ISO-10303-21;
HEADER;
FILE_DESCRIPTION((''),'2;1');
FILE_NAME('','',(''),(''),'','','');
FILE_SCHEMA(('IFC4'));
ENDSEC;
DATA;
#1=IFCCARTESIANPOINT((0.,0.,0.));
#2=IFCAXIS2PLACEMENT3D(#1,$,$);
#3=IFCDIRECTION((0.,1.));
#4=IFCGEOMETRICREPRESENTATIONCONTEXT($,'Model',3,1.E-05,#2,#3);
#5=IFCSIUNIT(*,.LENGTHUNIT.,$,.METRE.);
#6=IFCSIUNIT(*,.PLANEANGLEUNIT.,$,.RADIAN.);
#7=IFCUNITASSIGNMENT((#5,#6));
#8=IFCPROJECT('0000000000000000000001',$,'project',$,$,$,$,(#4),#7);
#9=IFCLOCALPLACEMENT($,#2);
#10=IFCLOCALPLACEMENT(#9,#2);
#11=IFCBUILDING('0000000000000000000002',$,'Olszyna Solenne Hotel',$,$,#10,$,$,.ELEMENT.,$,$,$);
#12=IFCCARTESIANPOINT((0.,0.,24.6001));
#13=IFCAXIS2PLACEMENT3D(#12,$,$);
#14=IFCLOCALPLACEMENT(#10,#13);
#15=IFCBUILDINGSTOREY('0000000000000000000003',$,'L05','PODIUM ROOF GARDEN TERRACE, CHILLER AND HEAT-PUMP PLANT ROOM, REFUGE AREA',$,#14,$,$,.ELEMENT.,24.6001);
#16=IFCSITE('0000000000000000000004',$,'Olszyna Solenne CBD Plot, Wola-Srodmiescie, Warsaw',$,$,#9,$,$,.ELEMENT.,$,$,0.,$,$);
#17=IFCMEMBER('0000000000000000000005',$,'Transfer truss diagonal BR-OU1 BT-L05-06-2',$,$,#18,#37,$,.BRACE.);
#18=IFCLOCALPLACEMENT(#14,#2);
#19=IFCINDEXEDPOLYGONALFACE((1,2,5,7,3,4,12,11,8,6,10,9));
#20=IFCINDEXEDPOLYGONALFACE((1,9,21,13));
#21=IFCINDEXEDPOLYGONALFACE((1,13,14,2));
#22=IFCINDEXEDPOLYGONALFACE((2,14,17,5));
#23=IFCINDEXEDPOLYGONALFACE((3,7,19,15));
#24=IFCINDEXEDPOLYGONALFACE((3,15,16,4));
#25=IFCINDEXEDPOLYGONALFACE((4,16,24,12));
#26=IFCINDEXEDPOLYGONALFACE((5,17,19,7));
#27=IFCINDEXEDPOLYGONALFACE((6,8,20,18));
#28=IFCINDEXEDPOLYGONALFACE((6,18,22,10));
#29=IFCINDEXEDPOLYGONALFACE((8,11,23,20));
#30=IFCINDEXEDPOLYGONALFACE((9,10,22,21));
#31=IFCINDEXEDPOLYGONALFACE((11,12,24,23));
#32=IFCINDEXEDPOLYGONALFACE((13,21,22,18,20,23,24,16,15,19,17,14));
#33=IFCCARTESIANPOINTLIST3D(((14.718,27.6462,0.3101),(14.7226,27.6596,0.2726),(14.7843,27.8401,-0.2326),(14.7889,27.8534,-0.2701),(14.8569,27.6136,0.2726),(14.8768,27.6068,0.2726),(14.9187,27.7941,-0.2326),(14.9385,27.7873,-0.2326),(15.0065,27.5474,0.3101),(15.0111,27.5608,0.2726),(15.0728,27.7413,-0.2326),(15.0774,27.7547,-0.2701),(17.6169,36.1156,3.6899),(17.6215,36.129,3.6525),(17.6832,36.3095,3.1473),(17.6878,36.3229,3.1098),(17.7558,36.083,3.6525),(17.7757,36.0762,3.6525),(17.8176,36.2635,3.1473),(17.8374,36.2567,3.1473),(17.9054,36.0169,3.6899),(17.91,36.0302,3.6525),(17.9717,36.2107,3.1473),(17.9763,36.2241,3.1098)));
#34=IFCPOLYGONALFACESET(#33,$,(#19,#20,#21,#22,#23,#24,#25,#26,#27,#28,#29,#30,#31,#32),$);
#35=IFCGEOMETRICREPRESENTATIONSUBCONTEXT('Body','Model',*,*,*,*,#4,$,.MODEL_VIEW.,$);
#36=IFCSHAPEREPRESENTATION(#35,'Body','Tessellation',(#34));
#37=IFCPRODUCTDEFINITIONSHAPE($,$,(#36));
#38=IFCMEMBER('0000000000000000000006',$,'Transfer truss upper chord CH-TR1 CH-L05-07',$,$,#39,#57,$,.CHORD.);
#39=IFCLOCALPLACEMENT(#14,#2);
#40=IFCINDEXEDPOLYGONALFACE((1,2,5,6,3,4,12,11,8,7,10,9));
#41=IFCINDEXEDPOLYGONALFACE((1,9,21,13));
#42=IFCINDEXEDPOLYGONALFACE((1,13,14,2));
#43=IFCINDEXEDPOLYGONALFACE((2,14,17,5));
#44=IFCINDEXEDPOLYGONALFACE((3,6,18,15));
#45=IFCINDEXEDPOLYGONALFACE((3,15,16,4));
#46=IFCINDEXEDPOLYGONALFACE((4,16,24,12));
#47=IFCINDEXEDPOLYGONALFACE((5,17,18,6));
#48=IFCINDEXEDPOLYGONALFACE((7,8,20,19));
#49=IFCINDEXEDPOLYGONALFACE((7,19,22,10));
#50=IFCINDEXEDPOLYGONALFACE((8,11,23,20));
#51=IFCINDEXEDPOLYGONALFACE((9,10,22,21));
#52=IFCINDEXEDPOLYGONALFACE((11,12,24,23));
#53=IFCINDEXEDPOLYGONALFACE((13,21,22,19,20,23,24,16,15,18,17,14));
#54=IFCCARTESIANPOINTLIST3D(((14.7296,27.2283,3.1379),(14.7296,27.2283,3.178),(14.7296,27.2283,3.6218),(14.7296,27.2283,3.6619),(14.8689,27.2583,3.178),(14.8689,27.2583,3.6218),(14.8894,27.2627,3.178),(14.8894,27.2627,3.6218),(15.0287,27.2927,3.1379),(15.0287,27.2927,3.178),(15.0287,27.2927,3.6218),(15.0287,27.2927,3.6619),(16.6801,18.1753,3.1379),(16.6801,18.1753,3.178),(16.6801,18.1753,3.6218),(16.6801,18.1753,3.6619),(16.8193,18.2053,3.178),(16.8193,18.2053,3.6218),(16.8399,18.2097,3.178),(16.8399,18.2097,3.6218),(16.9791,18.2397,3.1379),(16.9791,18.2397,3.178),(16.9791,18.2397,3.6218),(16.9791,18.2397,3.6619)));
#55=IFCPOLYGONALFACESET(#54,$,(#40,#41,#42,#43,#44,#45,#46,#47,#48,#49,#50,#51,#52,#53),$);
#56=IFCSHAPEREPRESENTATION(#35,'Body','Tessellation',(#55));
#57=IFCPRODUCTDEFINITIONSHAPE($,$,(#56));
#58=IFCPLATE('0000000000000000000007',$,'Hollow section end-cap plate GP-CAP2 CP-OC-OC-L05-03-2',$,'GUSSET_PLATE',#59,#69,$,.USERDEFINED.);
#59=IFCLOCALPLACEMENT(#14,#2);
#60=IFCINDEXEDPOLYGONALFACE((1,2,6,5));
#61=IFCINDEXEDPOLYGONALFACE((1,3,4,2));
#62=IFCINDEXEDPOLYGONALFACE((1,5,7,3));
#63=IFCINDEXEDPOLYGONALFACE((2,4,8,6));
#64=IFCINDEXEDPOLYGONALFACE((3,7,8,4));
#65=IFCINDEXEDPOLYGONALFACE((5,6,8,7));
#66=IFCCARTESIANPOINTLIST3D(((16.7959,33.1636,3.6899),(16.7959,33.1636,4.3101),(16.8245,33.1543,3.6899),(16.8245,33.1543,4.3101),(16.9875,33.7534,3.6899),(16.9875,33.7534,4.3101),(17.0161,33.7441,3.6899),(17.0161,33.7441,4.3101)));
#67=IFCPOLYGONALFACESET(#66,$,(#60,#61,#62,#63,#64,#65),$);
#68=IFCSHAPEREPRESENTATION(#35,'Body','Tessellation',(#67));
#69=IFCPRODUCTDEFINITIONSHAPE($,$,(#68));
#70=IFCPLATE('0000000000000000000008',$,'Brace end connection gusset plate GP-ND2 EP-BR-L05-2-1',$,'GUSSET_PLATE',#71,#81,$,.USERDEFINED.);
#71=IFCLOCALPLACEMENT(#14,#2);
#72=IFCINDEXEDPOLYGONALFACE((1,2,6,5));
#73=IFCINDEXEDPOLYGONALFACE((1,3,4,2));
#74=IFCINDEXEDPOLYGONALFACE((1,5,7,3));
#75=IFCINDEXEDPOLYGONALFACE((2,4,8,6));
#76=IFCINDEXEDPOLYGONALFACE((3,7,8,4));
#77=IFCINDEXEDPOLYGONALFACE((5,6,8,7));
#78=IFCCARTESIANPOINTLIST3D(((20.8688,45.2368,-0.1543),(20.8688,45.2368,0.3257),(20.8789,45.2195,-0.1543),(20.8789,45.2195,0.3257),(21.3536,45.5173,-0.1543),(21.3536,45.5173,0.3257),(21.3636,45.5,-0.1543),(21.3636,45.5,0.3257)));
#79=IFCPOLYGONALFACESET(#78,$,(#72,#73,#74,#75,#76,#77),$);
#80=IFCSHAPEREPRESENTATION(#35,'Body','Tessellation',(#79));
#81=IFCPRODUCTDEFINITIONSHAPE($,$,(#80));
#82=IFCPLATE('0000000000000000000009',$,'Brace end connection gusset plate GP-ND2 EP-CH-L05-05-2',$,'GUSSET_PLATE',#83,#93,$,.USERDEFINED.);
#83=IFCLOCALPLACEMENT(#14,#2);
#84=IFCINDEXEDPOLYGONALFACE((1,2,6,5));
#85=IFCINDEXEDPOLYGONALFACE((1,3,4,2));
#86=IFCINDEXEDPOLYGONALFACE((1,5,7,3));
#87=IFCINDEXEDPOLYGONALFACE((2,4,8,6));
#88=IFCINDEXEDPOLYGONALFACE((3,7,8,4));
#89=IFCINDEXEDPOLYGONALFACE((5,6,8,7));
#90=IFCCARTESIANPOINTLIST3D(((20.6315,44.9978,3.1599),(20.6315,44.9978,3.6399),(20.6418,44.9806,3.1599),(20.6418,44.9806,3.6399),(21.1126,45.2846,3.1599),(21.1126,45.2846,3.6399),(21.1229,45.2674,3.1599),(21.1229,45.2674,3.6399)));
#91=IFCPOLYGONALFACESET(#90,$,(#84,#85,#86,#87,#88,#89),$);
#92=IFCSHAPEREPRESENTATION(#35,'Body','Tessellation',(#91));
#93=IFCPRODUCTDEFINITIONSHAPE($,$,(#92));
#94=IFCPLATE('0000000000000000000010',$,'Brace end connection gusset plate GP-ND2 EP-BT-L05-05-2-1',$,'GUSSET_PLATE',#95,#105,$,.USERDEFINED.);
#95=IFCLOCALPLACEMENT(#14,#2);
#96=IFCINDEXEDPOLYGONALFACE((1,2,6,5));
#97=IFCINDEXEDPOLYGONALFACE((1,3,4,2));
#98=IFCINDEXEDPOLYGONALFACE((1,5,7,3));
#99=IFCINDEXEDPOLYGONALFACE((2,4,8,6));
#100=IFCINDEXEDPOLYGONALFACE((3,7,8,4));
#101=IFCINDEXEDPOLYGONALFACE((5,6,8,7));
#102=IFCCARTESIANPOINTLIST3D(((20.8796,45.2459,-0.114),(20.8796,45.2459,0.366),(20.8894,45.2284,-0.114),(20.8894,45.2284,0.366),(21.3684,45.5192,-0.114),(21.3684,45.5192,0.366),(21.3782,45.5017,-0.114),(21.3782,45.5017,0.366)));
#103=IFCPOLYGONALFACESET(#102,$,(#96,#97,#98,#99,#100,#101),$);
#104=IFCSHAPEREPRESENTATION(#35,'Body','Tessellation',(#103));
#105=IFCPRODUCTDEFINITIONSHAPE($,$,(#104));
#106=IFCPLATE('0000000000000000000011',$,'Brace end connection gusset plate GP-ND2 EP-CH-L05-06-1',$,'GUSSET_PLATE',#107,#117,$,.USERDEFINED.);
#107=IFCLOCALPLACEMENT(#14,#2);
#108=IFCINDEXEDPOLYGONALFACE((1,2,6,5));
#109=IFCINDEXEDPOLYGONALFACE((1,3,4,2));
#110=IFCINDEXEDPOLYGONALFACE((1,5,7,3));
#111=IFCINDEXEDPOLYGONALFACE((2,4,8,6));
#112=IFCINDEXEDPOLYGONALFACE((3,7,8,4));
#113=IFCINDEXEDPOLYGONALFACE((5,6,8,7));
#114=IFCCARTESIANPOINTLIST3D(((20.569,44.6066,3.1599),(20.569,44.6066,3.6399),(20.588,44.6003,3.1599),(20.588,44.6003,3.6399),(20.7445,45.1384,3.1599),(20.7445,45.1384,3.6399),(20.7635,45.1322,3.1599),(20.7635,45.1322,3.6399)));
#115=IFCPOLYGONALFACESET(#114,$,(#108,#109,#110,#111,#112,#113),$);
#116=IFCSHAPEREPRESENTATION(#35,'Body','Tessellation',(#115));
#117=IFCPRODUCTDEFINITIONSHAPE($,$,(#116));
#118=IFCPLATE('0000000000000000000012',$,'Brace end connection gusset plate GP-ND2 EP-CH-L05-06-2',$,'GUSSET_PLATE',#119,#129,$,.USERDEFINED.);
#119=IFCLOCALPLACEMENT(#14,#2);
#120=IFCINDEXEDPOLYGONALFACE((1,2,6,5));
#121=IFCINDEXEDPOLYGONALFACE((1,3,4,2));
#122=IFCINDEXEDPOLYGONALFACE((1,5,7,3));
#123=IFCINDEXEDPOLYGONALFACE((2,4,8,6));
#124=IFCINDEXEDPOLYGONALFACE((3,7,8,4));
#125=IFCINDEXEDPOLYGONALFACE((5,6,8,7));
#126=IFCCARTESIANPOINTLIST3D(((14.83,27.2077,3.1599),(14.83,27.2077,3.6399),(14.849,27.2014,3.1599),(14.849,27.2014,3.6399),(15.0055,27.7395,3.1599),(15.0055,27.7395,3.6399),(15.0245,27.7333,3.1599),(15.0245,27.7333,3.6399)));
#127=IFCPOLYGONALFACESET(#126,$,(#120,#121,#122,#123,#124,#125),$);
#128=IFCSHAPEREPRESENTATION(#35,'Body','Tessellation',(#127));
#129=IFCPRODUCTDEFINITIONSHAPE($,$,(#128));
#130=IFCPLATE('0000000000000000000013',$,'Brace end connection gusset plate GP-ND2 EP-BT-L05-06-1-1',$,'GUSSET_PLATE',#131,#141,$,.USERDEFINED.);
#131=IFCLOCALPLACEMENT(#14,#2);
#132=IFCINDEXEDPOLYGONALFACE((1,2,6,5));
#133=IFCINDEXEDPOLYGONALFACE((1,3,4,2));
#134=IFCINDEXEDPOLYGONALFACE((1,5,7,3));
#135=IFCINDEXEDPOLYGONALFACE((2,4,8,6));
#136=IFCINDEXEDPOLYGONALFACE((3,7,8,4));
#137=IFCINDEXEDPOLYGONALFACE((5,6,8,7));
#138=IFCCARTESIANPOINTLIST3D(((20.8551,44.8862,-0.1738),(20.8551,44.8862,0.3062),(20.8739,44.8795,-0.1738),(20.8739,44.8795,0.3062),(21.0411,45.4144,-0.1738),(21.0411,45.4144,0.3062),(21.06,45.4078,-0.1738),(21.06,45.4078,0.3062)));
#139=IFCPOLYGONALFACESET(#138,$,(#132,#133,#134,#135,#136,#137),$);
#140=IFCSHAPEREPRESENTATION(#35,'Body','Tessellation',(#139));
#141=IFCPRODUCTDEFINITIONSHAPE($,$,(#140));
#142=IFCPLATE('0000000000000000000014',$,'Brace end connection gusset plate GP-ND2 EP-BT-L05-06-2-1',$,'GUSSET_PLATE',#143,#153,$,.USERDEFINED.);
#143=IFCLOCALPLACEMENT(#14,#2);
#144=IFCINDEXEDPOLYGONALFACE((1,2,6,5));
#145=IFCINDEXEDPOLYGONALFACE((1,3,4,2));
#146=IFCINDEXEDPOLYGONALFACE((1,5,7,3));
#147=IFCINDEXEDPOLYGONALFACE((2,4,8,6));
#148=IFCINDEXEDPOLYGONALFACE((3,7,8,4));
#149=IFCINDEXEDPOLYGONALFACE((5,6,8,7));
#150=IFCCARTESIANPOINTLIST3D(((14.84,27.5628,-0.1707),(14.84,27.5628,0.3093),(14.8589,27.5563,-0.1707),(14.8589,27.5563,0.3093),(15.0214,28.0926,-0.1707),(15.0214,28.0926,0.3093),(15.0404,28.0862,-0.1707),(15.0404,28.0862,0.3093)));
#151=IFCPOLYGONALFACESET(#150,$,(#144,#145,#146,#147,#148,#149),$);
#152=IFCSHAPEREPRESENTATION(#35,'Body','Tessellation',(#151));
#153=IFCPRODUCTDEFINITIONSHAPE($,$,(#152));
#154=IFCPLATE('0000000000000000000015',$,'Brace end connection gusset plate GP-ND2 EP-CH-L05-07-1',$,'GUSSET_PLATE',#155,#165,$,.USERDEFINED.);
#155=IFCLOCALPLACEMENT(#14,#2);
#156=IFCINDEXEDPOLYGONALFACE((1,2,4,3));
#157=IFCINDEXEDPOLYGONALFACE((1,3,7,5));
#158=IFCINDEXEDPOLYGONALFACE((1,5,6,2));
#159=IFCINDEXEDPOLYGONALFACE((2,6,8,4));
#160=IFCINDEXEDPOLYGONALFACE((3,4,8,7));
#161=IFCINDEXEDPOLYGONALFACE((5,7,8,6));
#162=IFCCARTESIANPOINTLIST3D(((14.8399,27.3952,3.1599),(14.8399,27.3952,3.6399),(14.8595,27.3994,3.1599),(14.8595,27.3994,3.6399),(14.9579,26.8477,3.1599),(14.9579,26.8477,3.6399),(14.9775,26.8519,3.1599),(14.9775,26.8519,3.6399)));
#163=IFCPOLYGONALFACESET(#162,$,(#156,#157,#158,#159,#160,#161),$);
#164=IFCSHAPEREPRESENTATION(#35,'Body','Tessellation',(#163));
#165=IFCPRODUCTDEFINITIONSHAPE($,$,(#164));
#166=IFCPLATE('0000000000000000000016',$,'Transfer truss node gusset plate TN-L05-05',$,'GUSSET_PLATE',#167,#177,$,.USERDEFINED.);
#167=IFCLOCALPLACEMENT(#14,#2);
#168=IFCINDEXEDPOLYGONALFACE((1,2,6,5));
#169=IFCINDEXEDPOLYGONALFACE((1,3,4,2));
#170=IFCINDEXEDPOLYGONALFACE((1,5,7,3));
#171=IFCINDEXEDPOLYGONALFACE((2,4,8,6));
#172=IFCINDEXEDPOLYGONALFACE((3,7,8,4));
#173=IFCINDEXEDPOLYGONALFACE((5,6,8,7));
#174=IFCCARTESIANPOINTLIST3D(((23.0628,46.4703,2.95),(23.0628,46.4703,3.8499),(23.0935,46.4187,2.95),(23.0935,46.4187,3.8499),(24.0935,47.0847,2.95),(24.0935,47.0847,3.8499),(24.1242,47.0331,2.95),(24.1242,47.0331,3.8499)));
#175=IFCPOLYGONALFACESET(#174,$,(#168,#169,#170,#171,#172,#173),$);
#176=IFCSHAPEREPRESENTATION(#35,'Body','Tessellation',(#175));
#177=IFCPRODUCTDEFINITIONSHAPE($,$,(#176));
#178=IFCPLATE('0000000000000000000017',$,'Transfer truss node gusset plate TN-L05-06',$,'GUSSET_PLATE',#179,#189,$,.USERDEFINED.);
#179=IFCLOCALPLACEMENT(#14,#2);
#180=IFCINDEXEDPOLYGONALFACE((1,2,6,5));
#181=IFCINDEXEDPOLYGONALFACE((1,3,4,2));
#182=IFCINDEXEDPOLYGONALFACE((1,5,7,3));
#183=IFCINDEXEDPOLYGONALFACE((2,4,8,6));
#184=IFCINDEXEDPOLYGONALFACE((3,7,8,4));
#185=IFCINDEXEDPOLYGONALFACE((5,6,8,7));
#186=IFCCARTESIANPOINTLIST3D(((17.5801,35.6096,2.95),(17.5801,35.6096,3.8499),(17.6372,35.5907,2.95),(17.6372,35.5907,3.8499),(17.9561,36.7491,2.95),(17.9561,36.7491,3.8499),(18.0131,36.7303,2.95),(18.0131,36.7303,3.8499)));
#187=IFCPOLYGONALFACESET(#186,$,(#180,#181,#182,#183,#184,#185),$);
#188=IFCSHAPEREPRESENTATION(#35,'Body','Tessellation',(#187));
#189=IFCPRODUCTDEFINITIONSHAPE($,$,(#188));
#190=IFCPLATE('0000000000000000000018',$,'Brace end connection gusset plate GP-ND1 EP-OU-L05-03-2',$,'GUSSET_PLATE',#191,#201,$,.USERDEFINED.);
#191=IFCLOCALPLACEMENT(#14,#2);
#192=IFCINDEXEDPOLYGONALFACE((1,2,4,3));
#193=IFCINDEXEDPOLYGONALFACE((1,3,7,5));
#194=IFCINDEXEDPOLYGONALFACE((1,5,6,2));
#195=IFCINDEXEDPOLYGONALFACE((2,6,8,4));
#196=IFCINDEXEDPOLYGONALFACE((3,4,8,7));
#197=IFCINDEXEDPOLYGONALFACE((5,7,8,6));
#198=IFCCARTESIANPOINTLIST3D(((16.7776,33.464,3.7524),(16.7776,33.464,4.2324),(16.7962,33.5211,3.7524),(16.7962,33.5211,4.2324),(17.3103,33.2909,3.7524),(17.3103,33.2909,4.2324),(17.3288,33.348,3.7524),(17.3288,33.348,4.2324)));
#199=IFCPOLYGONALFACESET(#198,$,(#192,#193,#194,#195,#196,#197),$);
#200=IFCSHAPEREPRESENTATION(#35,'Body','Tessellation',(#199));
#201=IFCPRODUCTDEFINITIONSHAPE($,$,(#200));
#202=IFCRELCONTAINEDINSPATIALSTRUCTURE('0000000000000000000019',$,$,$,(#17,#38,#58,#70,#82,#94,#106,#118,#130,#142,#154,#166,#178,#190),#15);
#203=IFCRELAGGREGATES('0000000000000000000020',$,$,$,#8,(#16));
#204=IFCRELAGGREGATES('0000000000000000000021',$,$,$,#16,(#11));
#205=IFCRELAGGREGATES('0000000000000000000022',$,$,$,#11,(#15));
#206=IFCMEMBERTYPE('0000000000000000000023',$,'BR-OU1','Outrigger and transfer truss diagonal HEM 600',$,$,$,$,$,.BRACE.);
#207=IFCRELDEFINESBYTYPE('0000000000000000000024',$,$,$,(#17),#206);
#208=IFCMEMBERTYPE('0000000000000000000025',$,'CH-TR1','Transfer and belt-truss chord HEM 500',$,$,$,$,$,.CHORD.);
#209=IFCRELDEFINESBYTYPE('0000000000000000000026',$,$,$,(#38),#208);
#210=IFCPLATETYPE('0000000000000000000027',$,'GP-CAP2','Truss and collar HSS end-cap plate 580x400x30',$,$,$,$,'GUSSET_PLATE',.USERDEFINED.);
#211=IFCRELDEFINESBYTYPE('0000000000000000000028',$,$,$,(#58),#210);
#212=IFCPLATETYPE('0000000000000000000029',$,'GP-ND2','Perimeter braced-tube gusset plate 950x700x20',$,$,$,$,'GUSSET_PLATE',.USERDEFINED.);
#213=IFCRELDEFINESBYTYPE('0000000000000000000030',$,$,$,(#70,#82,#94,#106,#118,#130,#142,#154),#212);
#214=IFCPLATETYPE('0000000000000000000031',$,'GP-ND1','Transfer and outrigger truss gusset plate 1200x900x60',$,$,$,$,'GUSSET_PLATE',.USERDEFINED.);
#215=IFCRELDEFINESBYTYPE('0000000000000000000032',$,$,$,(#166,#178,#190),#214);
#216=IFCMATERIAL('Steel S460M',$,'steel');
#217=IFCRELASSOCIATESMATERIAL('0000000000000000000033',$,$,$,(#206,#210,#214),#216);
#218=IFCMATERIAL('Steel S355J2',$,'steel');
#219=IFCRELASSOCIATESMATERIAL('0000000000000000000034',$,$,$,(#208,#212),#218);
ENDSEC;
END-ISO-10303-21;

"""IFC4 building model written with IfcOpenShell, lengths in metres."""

from ifc_helpers import new_model, si_unit, direction, frame, origin, origin_2d, place, context, subcontext, project, spatial, rectangle, i_section, extrude, source, transform, mapped, material, material_profile, profile_set, type_object, element, save


model = new_model("IFC4")

# Units and contexts
model_context = context("Model", 3, precision=1e-05, world=origin(), true_north=direction((0.0, 1.0)))
body_context = subcontext(model_context, "Body", "Model", "MODEL_VIEW")
ifc_project = project(units=[si_unit("LENGTHUNIT", "METRE"), si_unit("PLANEANGLEUNIT", "RADIAN")], contexts=[model_context])

# Site, building, storey
site_placement = place(None, origin())
site = spatial("IfcSite", under=ifc_project, at=site_placement, Name="Olszyna Solenne CBD Plot, Wola-Srodmiescie, Warsaw", CompositionType="ELEMENT", RefElevation=0.0)
building_placement = place(site_placement, origin())
building = spatial("IfcBuilding", under=site, at=building_placement, Name="Olszyna Solenne Hotel", CompositionType="ELEMENT")
storey_placement = place(building_placement, frame((0.0, 0.0, 24.6001)))
storey = spatial("IfcBuildingStorey", under=building, at=storey_placement, Name="L05", Description="PODIUM ROOF GARDEN TERRACE, CHILLER AND HEAT-PUMP PLANT ROOM, REFUGE AREA", CompositionType="ELEMENT", Elevation=24.6001)

# Shared definitions
ifc_material_1 = material(Name="Steel S355J2", Category="steel")
ifc_material_2 = material(Name="Steel S460M", Category="steel")

# Members
ifc_material_profile_1 = material_profile(ifc_material_2, i_section(OverallWidth=0.3049, OverallDepth=0.6201, WebThickness=0.021, FlangeThickness=0.04, at=origin_2d()), Name="HEM 600", Category="load-bearing")
ifc_profile_set_1 = profile_set([ifc_material_profile_1], Name="Steel S460M")
member_type_1 = type_object("IfcMemberType", Name="BR-OU1", Description="Outrigger and transfer truss diagonal HEM 600", PredefinedType="BRACE", material=ifc_profile_set_1)
ifc_material_profile_2 = material_profile(ifc_material_1, i_section(OverallWidth=0.3059, OverallDepth=0.5239, WebThickness=0.021, FlangeThickness=0.04, at=origin_2d()), Name="HEM 500", Category="load-bearing")
ifc_profile_set_2 = profile_set([ifc_material_profile_2], Name="Steel S355J2")
member_type_2 = type_object("IfcMemberType", Name="CH-TR1", Description="Transfer and belt-truss chord HEM 500", PredefinedType="CHORD", material=ifc_profile_set_2)
shared_shape_1 = source(origin(), body_context, "Body", "SweptSolid", [
    extrude(i_section(OverallWidth=0.3049, OverallDepth=0.6201, WebThickness=0.021, FlangeThickness=0.04, at=origin_2d()), origin(), (0.0, 0.0, 1.0), 9.5686),
])
member_1_placement = place(storey_placement, frame((14.8977, 27.7004, 0.02), z_axis=(0.30296, 0.885126, 0.353224), x_axis=(-0.946114, 0.323835, 0.0)))
element("IfcMember", 1, at=member_1_placement, inside=storey, type_object=member_type_1, Name="Transfer truss diagonal BR-OU1 BT-L05-06-2", PredefinedType="BRACE", context=body_context, shape_type="MappedRepresentation", body=[
    mapped(shared_shape_1, transform((0.0, 0.0, 0.0), x_axis=(1.0, 0.0, 0.0), y_axis=(0.0, 1.0, 0.0), z_axis=(0.0, 0.0, 1.0), scale=1.0)),
])
shared_shape_2 = source(origin(), body_context, "Body", "SweptSolid", [
    extrude(i_section(OverallWidth=0.3059, OverallDepth=0.5239, WebThickness=0.021, FlangeThickness=0.04, at=origin_2d()), origin(), (0.0, 0.0, 1.0), 9.2607),
])
member_2_placement = place(storey_placement, frame((14.8792, 27.2605, 3.3999), z_axis=(0.210615, -0.977569, 0.0), x_axis=(0.977569, 0.210615, 0.0)))
element("IfcMember", 2, at=member_2_placement, inside=storey, type_object=member_type_2, Name="Transfer truss upper chord CH-TR1 CH-L05-07", PredefinedType="CHORD", context=body_context, shape_type="MappedRepresentation", body=[
    mapped(shared_shape_2, transform((0.0, 0.0, 0.0), x_axis=(1.0, 0.0, 0.0), y_axis=(0.0, 1.0, 0.0), z_axis=(0.0, 0.0, 1.0), scale=1.0)),
])

# Plates
plate_type_1 = type_object("IfcPlateType", Name="GP-CAP2", Description="Truss and collar HSS end-cap plate 580x400x30", ElementType="GUSSET_PLATE", PredefinedType="USERDEFINED", material=ifc_material_2)
shared_shape_3 = source(origin(), body_context, "Body", "SweptSolid", [
    extrude(rectangle(XDim=0.03, YDim=0.6201, at=origin_2d()), origin(), (0.0, 0.0, 1.0), 0.6201),
])
plate_1_placement = place(storey_placement, frame((16.906, 33.4539, 3.6899), z_axis=(0.0, 0.0, 1.0), x_axis=(-0.951057, 0.309017, 0.0)))
element("IfcPlate", 3, at=plate_1_placement, inside=storey, type_object=plate_type_1, Name="Hollow section end-cap plate GP-CAP2 CP-OC-OC-L05-03-2", ObjectType="GUSSET_PLATE", PredefinedType="USERDEFINED", context=body_context, shape_type="MappedRepresentation", body=[
    mapped(shared_shape_3, transform((0.0, 0.0, 0.0), x_axis=(1.0, 0.0, 0.0), y_axis=(0.0, 1.0, 0.0), z_axis=(0.0, 0.0, 1.0), scale=1.0)),
])
plate_type_2 = type_object("IfcPlateType", Name="GP-ND2", Description="Perimeter braced-tube gusset plate 950x700x20", ElementType="GUSSET_PLATE", PredefinedType="USERDEFINED", material=ifc_material_1)
shared_shape_4 = source(origin(), body_context, "Body", "SweptSolid", [
    extrude(rectangle(XDim=0.5601, YDim=0.02, at=origin_2d()), origin(), (0.0, 0.0, 1.0), 0.48),
])
for number, where, z_axis, x_axis, name in (
    (4, (21.1162, 45.3684, -0.1543), (0.0, 0.0, 1.0), (0.865501, 0.500907, 0.0), "Brace end connection gusset plate GP-ND2 EP-BR-L05-2-1"),
    (5, (20.8772, 45.1326, 3.1599), (0.0, 0.0, 1.0), (-0.85896, -0.512043, 0.0), "Brace end connection gusset plate GP-ND2 EP-CH-L05-05-2"),
    (6, (21.1289, 45.3738, -0.114), (0.0, 0.0, 1.0), (0.872837, 0.488012, 0.0), "Brace end connection gusset plate GP-ND2 EP-BT-L05-05-2-1"),
    (7, (20.6663, 44.8694, 3.1599), (0.0, 0.0, 1.0), (-0.31333, -0.949644, 0.0), "Brace end connection gusset plate GP-ND2 EP-CH-L05-06-1"),
    (8, (14.9272, 27.4705, 3.1599), (0.0, 0.0, 1.0), (-0.31333, -0.949644, 0.0), "Brace end connection gusset plate GP-ND2 EP-CH-L05-06-2"),
    (9, (20.9575, 45.147, -0.1738), (0.0, 0.0, 1.0), (-0.332161, -0.943223, 0.0), "Brace end connection gusset plate GP-ND2 EP-BT-L05-06-1-1"),
    (10, (14.9402, 27.8245, -0.1707), (0.0, 0.0, 1.0), (0.323917, 0.946085, 0.0), "Brace end connection gusset plate GP-ND2 EP-BT-L05-06-2-1"),
    (11, (14.9087, 27.1235, 3.1599), (0.0, 0.0, 1.0), (0.210642, -0.977563, 0.0), "Brace end connection gusset plate GP-ND2 EP-CH-L05-07-1"),
):
    element("IfcPlate", number, at=place(storey_placement, frame(where, z_axis=z_axis, x_axis=x_axis)), inside=storey, type_object=plate_type_2, Name=name, ObjectType="GUSSET_PLATE", PredefinedType="USERDEFINED", context=body_context, shape_type="MappedRepresentation", body=[
        mapped(shared_shape_4, transform((0.0, 0.0, 0.0), x_axis=(1.0, 0.0, 0.0), y_axis=(0.0, 1.0, 0.0), z_axis=(0.0, 0.0, 1.0), scale=1.0)),
    ])
plate_type_3 = type_object("IfcPlateType", Name="GP-ND1", Description="Transfer and outrigger truss gusset plate 1200x900x60", ElementType="GUSSET_PLATE", PredefinedType="USERDEFINED", material=ifc_material_2)
shared_shape_5 = source(origin(), body_context, "Body", "SweptSolid", [
    extrude(rectangle(XDim=1.2, YDim=0.0601, at=origin_2d()), origin(), (0.0, 0.0, 1.0), 0.8999),
])
for number, where, z_axis, x_axis, name in (
    (12, (23.5935, 46.7517, 2.95), (0.0, 0.0, 1.0), (-0.85896, -0.512043, 0.0), "Transfer truss node gusset plate TN-L05-05"),
    (13, (17.7966, 36.1699, 2.95), (0.0, 0.0, 1.0), (-0.31333, -0.949644, 0.0), "Transfer truss node gusset plate TN-L05-06"),
):
    element("IfcPlate", number, at=place(storey_placement, frame(where, z_axis=z_axis, x_axis=x_axis)), inside=storey, type_object=plate_type_3, Name=name, ObjectType="GUSSET_PLATE", PredefinedType="USERDEFINED", context=body_context, shape_type="MappedRepresentation", body=[
        mapped(shared_shape_5, transform((0.0, 0.0, 0.0), x_axis=(1.0, 0.0, 0.0), y_axis=(0.0, 1.0, 0.0), z_axis=(0.0, 0.0, 1.0), scale=1.0)),
    ])
shared_shape_6 = source(origin(), body_context, "Body", "SweptSolid", [
    extrude(rectangle(XDim=0.5601, YDim=0.0601, at=origin_2d()), origin(), (0.0, 0.0, 1.0), 0.48),
])
plate_2_placement = place(storey_placement, frame((17.0532, 33.406, 3.7524), z_axis=(0.0, 0.0, 1.0), x_axis=(-0.951057, 0.309017, 0.0)))
element("IfcPlate", 14, at=plate_2_placement, inside=storey, type_object=plate_type_3, Name="Brace end connection gusset plate GP-ND1 EP-OU-L05-03-2", ObjectType="GUSSET_PLATE", PredefinedType="USERDEFINED", context=body_context, shape_type="MappedRepresentation", body=[
    mapped(shared_shape_6, transform((0.0, 0.0, 0.0), x_axis=(1.0, 0.0, 0.0), y_axis=(0.0, 1.0, 0.0), z_axis=(0.0, 0.0, 1.0), scale=1.0)),
])

save(model, "model.ifc")
